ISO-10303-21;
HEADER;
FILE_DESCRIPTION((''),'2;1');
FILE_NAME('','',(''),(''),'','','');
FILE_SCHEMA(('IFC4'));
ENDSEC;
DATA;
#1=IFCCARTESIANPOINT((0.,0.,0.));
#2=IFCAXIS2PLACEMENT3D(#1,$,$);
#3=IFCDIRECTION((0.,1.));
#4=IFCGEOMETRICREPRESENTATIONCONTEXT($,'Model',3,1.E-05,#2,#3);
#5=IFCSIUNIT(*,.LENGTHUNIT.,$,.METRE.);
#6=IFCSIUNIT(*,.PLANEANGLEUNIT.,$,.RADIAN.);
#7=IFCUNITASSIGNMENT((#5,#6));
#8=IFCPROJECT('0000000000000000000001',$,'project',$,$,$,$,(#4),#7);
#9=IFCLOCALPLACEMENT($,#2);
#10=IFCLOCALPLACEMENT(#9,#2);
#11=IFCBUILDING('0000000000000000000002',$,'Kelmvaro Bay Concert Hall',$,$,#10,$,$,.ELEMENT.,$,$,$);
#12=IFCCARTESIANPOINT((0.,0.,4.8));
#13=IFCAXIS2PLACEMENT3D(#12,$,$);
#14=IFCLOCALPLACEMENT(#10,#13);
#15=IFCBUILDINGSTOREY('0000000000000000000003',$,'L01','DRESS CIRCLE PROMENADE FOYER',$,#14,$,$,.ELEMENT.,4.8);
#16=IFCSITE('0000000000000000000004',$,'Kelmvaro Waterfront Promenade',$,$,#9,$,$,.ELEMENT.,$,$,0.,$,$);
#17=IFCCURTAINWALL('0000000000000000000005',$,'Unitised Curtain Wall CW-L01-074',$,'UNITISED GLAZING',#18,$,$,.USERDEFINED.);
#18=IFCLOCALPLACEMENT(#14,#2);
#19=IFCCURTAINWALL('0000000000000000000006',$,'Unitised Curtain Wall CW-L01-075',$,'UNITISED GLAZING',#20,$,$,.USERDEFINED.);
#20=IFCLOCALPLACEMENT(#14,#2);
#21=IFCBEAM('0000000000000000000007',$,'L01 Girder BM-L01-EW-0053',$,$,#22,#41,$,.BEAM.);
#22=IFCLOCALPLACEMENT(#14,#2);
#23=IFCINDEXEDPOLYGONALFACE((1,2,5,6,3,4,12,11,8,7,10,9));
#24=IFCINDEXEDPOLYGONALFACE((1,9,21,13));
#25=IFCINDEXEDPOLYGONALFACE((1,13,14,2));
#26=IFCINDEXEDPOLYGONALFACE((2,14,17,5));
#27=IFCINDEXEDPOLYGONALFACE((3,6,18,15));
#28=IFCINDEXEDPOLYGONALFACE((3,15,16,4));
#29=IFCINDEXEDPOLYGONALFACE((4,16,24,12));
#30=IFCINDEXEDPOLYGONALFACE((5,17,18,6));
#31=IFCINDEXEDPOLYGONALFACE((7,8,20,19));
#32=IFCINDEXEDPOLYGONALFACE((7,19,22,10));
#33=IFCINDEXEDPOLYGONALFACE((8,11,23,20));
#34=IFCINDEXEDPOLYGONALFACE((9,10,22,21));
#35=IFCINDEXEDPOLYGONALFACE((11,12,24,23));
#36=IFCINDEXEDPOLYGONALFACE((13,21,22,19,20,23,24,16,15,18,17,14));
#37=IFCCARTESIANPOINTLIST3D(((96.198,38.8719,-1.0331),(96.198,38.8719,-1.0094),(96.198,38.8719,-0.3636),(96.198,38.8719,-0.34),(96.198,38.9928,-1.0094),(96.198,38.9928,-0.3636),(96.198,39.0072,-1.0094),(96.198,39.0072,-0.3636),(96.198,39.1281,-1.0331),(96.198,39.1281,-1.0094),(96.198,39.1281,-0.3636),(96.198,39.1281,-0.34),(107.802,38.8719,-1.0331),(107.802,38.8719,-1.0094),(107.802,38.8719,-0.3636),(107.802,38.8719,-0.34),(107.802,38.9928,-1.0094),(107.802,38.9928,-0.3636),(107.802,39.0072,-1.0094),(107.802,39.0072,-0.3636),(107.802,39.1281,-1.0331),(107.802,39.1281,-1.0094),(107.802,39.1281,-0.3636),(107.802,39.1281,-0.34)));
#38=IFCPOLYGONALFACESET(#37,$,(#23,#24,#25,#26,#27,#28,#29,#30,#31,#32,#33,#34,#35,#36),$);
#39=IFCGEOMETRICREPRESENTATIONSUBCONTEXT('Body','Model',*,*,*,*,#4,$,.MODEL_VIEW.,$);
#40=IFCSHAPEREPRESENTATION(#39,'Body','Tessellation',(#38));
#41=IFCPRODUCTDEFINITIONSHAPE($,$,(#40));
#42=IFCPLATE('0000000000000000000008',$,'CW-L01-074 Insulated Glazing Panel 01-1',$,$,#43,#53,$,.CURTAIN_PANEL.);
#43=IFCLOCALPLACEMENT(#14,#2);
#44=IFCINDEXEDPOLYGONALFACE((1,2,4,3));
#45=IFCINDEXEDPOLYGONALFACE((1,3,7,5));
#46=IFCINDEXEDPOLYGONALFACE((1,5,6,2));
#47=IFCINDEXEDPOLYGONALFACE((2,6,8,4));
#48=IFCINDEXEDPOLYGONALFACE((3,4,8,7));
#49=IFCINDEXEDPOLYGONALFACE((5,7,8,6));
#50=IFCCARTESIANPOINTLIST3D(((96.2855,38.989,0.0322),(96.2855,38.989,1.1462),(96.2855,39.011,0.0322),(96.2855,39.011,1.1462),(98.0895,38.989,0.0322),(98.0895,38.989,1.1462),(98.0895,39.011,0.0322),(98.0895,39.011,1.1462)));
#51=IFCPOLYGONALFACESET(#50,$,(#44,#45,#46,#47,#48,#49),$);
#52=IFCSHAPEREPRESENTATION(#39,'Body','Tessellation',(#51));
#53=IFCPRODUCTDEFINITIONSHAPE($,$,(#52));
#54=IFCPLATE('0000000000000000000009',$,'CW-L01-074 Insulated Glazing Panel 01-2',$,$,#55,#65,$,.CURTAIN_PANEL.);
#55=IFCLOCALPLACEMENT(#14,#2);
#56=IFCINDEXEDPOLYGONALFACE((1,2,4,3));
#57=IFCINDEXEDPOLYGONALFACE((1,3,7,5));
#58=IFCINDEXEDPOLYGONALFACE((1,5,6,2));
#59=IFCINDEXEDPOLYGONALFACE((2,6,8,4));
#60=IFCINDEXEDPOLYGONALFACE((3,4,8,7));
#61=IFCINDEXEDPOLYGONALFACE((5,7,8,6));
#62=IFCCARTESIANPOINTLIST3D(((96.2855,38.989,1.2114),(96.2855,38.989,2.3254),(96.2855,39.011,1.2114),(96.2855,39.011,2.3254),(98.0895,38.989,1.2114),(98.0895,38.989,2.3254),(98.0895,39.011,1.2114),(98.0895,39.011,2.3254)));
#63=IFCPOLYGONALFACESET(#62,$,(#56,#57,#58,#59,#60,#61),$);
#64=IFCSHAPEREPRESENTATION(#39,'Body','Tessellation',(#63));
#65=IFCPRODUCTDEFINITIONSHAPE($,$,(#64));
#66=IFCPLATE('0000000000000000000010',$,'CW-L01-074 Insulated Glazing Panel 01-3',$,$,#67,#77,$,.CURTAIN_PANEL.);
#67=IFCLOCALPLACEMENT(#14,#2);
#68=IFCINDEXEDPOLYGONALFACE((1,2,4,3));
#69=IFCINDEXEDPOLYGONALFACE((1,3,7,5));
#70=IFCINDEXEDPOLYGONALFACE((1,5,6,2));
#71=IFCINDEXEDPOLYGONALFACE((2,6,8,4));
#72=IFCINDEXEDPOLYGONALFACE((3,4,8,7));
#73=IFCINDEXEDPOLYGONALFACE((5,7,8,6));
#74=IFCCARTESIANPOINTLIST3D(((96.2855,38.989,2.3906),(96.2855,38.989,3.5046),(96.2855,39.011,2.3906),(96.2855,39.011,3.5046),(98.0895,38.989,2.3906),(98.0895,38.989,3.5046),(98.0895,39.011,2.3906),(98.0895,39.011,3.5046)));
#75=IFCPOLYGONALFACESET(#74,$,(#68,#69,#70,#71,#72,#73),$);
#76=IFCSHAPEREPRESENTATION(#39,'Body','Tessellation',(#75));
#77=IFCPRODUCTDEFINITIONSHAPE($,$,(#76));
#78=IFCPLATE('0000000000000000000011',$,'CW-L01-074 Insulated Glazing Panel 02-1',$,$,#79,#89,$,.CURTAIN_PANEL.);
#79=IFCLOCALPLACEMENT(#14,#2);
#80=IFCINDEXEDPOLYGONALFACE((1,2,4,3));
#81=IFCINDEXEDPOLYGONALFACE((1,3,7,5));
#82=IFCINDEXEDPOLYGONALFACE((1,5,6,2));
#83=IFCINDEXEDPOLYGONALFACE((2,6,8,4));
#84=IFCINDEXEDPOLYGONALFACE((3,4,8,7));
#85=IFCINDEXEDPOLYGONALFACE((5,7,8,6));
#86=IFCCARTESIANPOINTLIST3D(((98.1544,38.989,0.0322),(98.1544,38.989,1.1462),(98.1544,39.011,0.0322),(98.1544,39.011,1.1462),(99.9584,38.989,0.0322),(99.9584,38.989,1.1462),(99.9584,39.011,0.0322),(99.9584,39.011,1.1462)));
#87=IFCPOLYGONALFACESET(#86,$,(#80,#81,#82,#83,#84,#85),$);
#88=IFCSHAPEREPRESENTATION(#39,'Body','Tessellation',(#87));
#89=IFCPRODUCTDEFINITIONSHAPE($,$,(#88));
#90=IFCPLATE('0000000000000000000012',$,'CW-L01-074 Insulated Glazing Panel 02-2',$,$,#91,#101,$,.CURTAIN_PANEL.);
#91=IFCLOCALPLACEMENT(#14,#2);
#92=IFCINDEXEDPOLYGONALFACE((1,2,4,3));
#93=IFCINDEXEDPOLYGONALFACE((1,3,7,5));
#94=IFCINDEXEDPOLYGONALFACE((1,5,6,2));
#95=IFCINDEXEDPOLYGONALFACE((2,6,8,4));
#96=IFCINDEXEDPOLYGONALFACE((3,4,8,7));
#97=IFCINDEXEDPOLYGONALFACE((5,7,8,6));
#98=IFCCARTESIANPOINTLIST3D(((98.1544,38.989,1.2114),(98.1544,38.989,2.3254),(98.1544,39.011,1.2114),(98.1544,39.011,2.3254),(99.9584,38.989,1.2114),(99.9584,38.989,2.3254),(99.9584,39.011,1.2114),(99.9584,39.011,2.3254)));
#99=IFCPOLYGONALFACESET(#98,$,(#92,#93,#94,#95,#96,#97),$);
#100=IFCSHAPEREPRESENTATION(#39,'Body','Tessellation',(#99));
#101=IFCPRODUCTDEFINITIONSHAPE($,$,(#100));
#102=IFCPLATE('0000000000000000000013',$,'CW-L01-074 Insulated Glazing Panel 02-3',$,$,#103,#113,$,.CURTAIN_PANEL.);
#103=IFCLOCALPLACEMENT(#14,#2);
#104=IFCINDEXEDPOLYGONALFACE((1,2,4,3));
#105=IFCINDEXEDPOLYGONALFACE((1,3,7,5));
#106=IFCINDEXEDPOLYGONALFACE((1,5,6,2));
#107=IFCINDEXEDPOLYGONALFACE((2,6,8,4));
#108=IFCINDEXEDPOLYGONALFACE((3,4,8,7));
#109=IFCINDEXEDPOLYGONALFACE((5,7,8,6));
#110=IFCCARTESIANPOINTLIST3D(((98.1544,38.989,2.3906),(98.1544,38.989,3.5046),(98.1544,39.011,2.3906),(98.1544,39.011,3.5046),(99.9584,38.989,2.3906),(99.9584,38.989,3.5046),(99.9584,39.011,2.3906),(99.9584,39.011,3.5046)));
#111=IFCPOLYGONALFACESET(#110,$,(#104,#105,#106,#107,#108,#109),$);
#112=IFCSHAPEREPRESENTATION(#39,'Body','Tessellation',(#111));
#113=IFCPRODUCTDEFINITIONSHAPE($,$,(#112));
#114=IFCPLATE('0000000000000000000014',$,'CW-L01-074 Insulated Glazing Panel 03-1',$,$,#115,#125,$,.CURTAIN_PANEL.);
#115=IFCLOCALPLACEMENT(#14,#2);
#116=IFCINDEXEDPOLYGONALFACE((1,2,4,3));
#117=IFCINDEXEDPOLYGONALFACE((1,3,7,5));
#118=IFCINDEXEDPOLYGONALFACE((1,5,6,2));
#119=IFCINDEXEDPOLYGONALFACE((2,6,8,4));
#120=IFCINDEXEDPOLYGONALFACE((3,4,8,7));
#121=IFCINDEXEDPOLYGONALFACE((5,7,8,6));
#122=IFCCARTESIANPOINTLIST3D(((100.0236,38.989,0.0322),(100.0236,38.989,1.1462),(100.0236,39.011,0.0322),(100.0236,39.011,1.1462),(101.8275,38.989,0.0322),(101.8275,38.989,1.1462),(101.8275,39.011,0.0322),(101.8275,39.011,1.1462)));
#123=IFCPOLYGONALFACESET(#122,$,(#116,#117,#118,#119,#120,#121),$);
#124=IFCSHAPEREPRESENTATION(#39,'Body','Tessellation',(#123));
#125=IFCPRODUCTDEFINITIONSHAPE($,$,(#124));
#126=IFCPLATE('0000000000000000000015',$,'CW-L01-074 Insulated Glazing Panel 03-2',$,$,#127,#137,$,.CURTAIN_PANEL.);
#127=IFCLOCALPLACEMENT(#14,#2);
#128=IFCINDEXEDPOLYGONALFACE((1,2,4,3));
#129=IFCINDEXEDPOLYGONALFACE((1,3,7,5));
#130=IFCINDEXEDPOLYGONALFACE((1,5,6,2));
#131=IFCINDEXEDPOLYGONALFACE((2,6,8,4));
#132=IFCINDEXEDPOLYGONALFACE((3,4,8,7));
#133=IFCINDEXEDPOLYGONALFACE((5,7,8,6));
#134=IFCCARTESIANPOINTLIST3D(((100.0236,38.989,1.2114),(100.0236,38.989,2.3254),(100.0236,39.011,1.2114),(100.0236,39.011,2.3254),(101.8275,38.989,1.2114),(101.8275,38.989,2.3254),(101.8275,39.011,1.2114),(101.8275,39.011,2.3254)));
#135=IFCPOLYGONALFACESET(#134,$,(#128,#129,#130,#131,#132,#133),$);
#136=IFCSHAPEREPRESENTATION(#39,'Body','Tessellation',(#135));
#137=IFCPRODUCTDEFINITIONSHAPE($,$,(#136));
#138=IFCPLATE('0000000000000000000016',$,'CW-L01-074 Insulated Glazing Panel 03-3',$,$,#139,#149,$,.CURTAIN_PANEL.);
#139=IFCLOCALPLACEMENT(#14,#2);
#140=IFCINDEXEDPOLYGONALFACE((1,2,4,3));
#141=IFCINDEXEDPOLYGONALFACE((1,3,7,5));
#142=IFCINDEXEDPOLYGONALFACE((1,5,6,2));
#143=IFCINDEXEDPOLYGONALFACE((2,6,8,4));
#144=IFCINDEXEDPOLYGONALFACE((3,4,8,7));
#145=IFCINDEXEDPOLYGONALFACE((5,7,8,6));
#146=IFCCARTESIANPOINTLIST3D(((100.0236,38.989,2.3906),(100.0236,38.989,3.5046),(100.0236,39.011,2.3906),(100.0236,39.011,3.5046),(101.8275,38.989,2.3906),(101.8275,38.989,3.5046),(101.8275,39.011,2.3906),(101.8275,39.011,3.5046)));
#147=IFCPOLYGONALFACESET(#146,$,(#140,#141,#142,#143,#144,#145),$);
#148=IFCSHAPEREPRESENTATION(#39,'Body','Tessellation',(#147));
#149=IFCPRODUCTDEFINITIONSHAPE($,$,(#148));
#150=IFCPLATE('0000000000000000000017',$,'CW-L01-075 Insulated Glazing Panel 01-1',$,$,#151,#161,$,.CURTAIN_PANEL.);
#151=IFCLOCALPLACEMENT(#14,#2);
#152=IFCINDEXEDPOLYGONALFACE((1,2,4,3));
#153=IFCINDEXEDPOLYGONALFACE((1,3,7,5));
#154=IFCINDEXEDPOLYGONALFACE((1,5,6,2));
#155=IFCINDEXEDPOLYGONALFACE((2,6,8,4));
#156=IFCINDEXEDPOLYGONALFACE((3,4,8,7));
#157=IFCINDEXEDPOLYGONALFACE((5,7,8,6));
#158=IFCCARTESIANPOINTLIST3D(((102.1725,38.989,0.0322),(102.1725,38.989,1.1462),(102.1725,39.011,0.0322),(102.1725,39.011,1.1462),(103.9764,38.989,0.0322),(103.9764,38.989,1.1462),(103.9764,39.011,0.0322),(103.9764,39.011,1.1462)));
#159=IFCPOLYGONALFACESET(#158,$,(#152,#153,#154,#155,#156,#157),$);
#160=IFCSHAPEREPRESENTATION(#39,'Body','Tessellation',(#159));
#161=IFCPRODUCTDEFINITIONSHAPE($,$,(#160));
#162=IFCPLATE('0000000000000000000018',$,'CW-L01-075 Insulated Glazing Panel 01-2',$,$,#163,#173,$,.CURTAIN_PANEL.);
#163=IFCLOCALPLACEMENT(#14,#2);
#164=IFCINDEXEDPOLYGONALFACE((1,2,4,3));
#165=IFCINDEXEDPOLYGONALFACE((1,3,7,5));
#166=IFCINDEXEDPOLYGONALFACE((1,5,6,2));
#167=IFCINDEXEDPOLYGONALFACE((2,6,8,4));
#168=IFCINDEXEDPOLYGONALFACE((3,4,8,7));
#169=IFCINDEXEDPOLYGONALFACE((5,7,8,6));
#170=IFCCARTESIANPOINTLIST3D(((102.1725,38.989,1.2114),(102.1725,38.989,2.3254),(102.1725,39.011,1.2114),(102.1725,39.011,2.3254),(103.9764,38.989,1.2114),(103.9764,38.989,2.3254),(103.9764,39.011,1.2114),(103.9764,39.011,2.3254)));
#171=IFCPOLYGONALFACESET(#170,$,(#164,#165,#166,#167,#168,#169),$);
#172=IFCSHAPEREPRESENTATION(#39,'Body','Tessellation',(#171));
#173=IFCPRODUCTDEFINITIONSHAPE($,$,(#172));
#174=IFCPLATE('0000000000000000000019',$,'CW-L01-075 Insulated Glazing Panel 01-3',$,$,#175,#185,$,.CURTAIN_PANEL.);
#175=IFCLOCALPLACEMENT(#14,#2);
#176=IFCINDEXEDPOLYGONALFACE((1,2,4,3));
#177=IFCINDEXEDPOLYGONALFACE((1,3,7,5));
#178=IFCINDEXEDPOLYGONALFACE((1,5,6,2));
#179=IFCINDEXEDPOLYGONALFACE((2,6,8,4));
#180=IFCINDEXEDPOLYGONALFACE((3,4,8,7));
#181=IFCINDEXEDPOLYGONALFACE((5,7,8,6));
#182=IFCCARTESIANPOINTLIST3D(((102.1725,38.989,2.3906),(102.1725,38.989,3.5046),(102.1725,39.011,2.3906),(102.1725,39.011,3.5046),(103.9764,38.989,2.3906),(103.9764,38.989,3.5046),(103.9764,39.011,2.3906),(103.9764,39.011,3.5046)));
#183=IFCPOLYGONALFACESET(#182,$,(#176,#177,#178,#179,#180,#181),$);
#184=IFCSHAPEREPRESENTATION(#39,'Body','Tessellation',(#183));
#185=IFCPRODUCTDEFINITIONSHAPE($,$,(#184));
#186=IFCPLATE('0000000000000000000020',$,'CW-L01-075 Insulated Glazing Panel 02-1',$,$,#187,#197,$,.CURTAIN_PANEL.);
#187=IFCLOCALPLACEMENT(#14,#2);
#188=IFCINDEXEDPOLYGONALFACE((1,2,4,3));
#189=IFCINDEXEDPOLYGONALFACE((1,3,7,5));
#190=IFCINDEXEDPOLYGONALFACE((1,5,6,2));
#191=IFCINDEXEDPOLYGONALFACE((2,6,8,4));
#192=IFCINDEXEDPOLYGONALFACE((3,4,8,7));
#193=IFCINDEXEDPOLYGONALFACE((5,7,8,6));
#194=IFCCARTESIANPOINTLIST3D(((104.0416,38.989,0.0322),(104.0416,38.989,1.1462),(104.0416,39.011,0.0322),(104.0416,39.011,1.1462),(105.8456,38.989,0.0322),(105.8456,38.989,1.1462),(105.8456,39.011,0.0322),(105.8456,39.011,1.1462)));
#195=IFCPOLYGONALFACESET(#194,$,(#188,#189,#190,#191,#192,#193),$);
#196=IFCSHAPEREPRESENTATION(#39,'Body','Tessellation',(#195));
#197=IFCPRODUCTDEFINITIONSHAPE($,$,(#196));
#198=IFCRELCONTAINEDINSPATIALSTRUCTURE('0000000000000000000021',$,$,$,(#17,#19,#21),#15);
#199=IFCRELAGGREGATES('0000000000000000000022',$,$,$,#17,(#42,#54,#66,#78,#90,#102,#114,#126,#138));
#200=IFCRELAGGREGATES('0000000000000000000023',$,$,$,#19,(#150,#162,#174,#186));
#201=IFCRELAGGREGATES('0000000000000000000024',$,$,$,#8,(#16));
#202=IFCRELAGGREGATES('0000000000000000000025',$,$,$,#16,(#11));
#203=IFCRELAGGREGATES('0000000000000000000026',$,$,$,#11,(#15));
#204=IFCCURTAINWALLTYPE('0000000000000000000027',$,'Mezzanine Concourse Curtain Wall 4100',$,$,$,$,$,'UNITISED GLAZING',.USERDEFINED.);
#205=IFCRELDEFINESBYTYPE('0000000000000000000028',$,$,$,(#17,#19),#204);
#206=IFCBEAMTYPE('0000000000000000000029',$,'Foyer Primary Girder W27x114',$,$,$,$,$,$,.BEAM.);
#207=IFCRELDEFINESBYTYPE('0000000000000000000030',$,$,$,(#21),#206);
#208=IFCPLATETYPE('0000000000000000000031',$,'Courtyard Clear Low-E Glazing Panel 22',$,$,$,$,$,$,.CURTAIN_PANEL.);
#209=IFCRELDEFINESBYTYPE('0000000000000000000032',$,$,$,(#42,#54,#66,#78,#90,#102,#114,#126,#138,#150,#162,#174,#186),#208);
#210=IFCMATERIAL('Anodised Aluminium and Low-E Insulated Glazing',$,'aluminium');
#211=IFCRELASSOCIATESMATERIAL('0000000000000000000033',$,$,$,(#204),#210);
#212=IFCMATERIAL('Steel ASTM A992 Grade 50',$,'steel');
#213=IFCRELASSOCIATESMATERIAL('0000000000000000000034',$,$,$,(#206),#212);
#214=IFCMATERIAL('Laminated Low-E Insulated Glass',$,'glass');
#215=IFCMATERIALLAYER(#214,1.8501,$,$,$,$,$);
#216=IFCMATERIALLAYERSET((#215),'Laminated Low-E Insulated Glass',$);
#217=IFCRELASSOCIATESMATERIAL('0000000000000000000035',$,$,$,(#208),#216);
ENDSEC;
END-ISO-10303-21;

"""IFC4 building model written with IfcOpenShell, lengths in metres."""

from ifc_helpers import new_model, si_unit, direction, frame, origin, origin_2d, place, context, subcontext, project, spatial, rectangle, i_section, extrude, material, layer, layer_set, material_profile, profile_set, type_object, element, aggregate, save


model = new_model("IFC4")

# Units and contexts
model_context = context("Model", 3, precision=1e-05, world=origin(), true_north=direction((0.0, 1.0)))
body_context = subcontext(model_context, "Body", "Model", "MODEL_VIEW")
ifc_project = project(units=[si_unit("LENGTHUNIT", "METRE"), si_unit("PLANEANGLEUNIT", "RADIAN")], contexts=[model_context])

# Site, building, storey
site_placement = place(None, origin())
site = spatial("IfcSite", under=ifc_project, at=site_placement, Name="Kelmvaro Waterfront Promenade", CompositionType="ELEMENT", RefElevation=0.0)
building_placement = place(site_placement, origin())
building = spatial("IfcBuilding", under=site, at=building_placement, Name="Kelmvaro Bay Concert Hall", CompositionType="ELEMENT")
storey_placement = place(building_placement, frame((0.0, 0.0, 4.8)))
storey = spatial("IfcBuildingStorey", under=building, at=storey_placement, Name="L01", Description="DRESS CIRCLE PROMENADE FOYER", CompositionType="ELEMENT", Elevation=4.8)

# Curtain walls
ifc_material_1 = material(Name="Anodised Aluminium and Low-E Insulated Glazing", Category="aluminium")
curtain_wall_type = type_object("IfcCurtainWallType", Name="Mezzanine Concourse Curtain Wall 4100", ElementType="UNITISED GLAZING", PredefinedType="USERDEFINED", material=ifc_material_1)
curtain_wall_1_placement = place(storey_placement, origin())
curtain_wall_1 = element("IfcCurtainWall", 1, at=curtain_wall_1_placement, inside=storey, type_object=curtain_wall_type, Name="Unitised Curtain Wall CW-L01-074", ObjectType="UNITISED GLAZING", PredefinedType="USERDEFINED")
curtain_wall_2_placement = place(storey_placement, origin())
curtain_wall_2 = element("IfcCurtainWall", 2, at=curtain_wall_2_placement, inside=storey, type_object=curtain_wall_type, Name="Unitised Curtain Wall CW-L01-075", ObjectType="UNITISED GLAZING", PredefinedType="USERDEFINED")

# Beam
ifc_material_2 = material(Name="Steel ASTM A992 Grade 50", Category="steel")
ifc_material_profile_1 = material_profile(ifc_material_2, i_section(OverallWidth=0.2561, OverallDepth=0.6931, WebThickness=0.0144, FlangeThickness=0.0237, at=origin_2d()), Name="W27X114")
ifc_profile_set_1 = profile_set([ifc_material_profile_1], Name="Steel ASTM A992 Grade 50")
beam_type_1 = type_object("IfcBeamType", Name="Foyer Primary Girder W27x114", PredefinedType="BEAM", material=ifc_profile_set_1)
beam_1_placement = place(storey_placement, frame((96.198, 39.0, -0.6865), z_axis=(1.0, 0.0, 0.0), x_axis=(0.0, 1.0, 0.0)))
element("IfcBeam", 3, at=beam_1_placement, inside=storey, type_object=beam_type_1, Name="L01 Girder BM-L01-EW-0053", PredefinedType="BEAM", context=body_context, shape_type="SweptSolid", body=[
    extrude(i_section(OverallWidth=0.2561, OverallDepth=0.6931, WebThickness=0.0144, FlangeThickness=0.0237, at=origin_2d()), origin(), (0.0, 0.0, 1.0), 11.604),
])

# Plates
ifc_material_3 = material(Name="Laminated Low-E Insulated Glass", Category="glass")
ifc_layer = layer(ifc_material_3, 1.8501)
ifc_layer_set = layer_set([ifc_layer], Name="Laminated Low-E Insulated Glass")
plate_type = type_object("IfcPlateType", Name="Courtyard Clear Low-E Glazing Panel 22", PredefinedType="CURTAIN_PANEL", material=ifc_layer_set)
plate_1_placement = place(storey_placement, frame((97.1875, 39.0, 0.0322), z_axis=(0.0, 0.0, 1.0), x_axis=(1.0, 0.0, 0.0)))
plate_1 = element("IfcPlate", 4, at=plate_1_placement, type_object=plate_type, Name="CW-L01-074 Insulated Glazing Panel 01-1", PredefinedType="CURTAIN_PANEL", context=body_context, shape_type="SweptSolid", body=[
    extrude(rectangle(XDim=1.804, YDim=0.022, at=origin_2d()), origin(), (0.0, 0.0, 1.0), 1.114),
])
plate_2_placement = place(storey_placement, frame((97.1875, 39.0, 1.2114), z_axis=(0.0, 0.0, 1.0), x_axis=(1.0, 0.0, 0.0)))
plate_2 = element("IfcPlate", 5, at=plate_2_placement, type_object=plate_type, Name="CW-L01-074 Insulated Glazing Panel 01-2", PredefinedType="CURTAIN_PANEL", context=body_context, shape_type="SweptSolid", body=[
    extrude(rectangle(XDim=1.804, YDim=0.022, at=origin_2d()), origin(), (0.0, 0.0, 1.0), 1.114),
])
plate_3_placement = place(storey_placement, frame((97.1875, 39.0, 2.3906), z_axis=(0.0, 0.0, 1.0), x_axis=(1.0, 0.0, 0.0)))
plate_3 = element("IfcPlate", 6, at=plate_3_placement, type_object=plate_type, Name="CW-L01-074 Insulated Glazing Panel 01-3", PredefinedType="CURTAIN_PANEL", context=body_context, shape_type="SweptSolid", body=[
    extrude(rectangle(XDim=1.804, YDim=0.022, at=origin_2d()), origin(), (0.0, 0.0, 1.0), 1.114),
])
plate_4_placement = place(storey_placement, frame((99.0564, 39.0, 0.0322), z_axis=(0.0, 0.0, 1.0), x_axis=(1.0, 0.0, 0.0)))
plate_4 = element("IfcPlate", 7, at=plate_4_placement, type_object=plate_type, Name="CW-L01-074 Insulated Glazing Panel 02-1", PredefinedType="CURTAIN_PANEL", context=body_context, shape_type="SweptSolid", body=[
    extrude(rectangle(XDim=1.804, YDim=0.022, at=origin_2d()), origin(), (0.0, 0.0, 1.0), 1.114),
])
plate_5_placement = place(storey_placement, frame((99.0564, 39.0, 1.2114), z_axis=(0.0, 0.0, 1.0), x_axis=(1.0, 0.0, 0.0)))
plate_5 = element("IfcPlate", 8, at=plate_5_placement, type_object=plate_type, Name="CW-L01-074 Insulated Glazing Panel 02-2", PredefinedType="CURTAIN_PANEL", context=body_context, shape_type="SweptSolid", body=[
    extrude(rectangle(XDim=1.804, YDim=0.022, at=origin_2d()), origin(), (0.0, 0.0, 1.0), 1.114),
])
plate_6_placement = place(storey_placement, frame((99.0564, 39.0, 2.3906), z_axis=(0.0, 0.0, 1.0), x_axis=(1.0, 0.0, 0.0)))
plate_6 = element("IfcPlate", 9, at=plate_6_placement, type_object=plate_type, Name="CW-L01-074 Insulated Glazing Panel 02-3", PredefinedType="CURTAIN_PANEL", context=body_context, shape_type="SweptSolid", body=[
    extrude(rectangle(XDim=1.804, YDim=0.022, at=origin_2d()), origin(), (0.0, 0.0, 1.0), 1.114),
])
plate_7_placement = place(storey_placement, frame((100.9255, 39.0, 0.0322), z_axis=(0.0, 0.0, 1.0), x_axis=(1.0, 0.0, 0.0)))
plate_7 = element("IfcPlate", 10, at=plate_7_placement, type_object=plate_type, Name="CW-L01-074 Insulated Glazing Panel 03-1", PredefinedType="CURTAIN_PANEL", context=body_context, shape_type="SweptSolid", body=[
    extrude(rectangle(XDim=1.804, YDim=0.022, at=origin_2d()), origin(), (0.0, 0.0, 1.0), 1.114),
])
plate_8_placement = place(storey_placement, frame((100.9255, 39.0, 1.2114), z_axis=(0.0, 0.0, 1.0), x_axis=(1.0, 0.0, 0.0)))
plate_8 = element("IfcPlate", 11, at=plate_8_placement, type_object=plate_type, Name="CW-L01-074 Insulated Glazing Panel 03-2", PredefinedType="CURTAIN_PANEL", context=body_context, shape_type="SweptSolid", body=[
    extrude(rectangle(XDim=1.804, YDim=0.022, at=origin_2d()), origin(), (0.0, 0.0, 1.0), 1.114),
])
plate_9_placement = place(storey_placement, frame((100.9255, 39.0, 2.3906), z_axis=(0.0, 0.0, 1.0), x_axis=(1.0, 0.0, 0.0)))
plate_9 = element("IfcPlate", 12, at=plate_9_placement, type_object=plate_type, Name="CW-L01-074 Insulated Glazing Panel 03-3", PredefinedType="CURTAIN_PANEL", context=body_context, shape_type="SweptSolid", body=[
    extrude(rectangle(XDim=1.804, YDim=0.022, at=origin_2d()), origin(), (0.0, 0.0, 1.0), 1.114),
])
aggregate(curtain_wall_1, [plate_1, plate_2, plate_3, plate_4, plate_5, plate_6, plate_7, plate_8, plate_9])
plate_10_placement = place(storey_placement, frame((103.0745, 39.0, 0.0322), z_axis=(0.0, 0.0, 1.0), x_axis=(1.0, 0.0, 0.0)))
plate_10 = element("IfcPlate", 13, at=plate_10_placement, type_object=plate_type, Name="CW-L01-075 Insulated Glazing Panel 01-1", PredefinedType="CURTAIN_PANEL", context=body_context, shape_type="SweptSolid", body=[
    extrude(rectangle(XDim=1.804, YDim=0.022, at=origin_2d()), origin(), (0.0, 0.0, 1.0), 1.114),
])
plate_11_placement = place(storey_placement, frame((103.0745, 39.0, 1.2114), z_axis=(0.0, 0.0, 1.0), x_axis=(1.0, 0.0, 0.0)))
plate_11 = element("IfcPlate", 14, at=plate_11_placement, type_object=plate_type, Name="CW-L01-075 Insulated Glazing Panel 01-2", PredefinedType="CURTAIN_PANEL", context=body_context, shape_type="SweptSolid", body=[
    extrude(rectangle(XDim=1.804, YDim=0.022, at=origin_2d()), origin(), (0.0, 0.0, 1.0), 1.114),
])
plate_12_placement = place(storey_placement, frame((103.0745, 39.0, 2.3906), z_axis=(0.0, 0.0, 1.0), x_axis=(1.0, 0.0, 0.0)))
plate_12 = element("IfcPlate", 15, at=plate_12_placement, type_object=plate_type, Name="CW-L01-075 Insulated Glazing Panel 01-3", PredefinedType="CURTAIN_PANEL", context=body_context, shape_type="SweptSolid", body=[
    extrude(rectangle(XDim=1.804, YDim=0.022, at=origin_2d()), origin(), (0.0, 0.0, 1.0), 1.114),
])
plate_13_placement = place(storey_placement, frame((104.9436, 39.0, 0.0322), z_axis=(0.0, 0.0, 1.0), x_axis=(1.0, 0.0, 0.0)))
plate_13 = element("IfcPlate", 16, at=plate_13_placement, type_object=plate_type, Name="CW-L01-075 Insulated Glazing Panel 02-1", PredefinedType="CURTAIN_PANEL", context=body_context, shape_type="SweptSolid", body=[
    extrude(rectangle(XDim=1.804, YDim=0.022, at=origin_2d()), origin(), (0.0, 0.0, 1.0), 1.114),
])
aggregate(curtain_wall_2, [plate_10, plate_11, plate_12, plate_13])

save(model, "model.ifc")
